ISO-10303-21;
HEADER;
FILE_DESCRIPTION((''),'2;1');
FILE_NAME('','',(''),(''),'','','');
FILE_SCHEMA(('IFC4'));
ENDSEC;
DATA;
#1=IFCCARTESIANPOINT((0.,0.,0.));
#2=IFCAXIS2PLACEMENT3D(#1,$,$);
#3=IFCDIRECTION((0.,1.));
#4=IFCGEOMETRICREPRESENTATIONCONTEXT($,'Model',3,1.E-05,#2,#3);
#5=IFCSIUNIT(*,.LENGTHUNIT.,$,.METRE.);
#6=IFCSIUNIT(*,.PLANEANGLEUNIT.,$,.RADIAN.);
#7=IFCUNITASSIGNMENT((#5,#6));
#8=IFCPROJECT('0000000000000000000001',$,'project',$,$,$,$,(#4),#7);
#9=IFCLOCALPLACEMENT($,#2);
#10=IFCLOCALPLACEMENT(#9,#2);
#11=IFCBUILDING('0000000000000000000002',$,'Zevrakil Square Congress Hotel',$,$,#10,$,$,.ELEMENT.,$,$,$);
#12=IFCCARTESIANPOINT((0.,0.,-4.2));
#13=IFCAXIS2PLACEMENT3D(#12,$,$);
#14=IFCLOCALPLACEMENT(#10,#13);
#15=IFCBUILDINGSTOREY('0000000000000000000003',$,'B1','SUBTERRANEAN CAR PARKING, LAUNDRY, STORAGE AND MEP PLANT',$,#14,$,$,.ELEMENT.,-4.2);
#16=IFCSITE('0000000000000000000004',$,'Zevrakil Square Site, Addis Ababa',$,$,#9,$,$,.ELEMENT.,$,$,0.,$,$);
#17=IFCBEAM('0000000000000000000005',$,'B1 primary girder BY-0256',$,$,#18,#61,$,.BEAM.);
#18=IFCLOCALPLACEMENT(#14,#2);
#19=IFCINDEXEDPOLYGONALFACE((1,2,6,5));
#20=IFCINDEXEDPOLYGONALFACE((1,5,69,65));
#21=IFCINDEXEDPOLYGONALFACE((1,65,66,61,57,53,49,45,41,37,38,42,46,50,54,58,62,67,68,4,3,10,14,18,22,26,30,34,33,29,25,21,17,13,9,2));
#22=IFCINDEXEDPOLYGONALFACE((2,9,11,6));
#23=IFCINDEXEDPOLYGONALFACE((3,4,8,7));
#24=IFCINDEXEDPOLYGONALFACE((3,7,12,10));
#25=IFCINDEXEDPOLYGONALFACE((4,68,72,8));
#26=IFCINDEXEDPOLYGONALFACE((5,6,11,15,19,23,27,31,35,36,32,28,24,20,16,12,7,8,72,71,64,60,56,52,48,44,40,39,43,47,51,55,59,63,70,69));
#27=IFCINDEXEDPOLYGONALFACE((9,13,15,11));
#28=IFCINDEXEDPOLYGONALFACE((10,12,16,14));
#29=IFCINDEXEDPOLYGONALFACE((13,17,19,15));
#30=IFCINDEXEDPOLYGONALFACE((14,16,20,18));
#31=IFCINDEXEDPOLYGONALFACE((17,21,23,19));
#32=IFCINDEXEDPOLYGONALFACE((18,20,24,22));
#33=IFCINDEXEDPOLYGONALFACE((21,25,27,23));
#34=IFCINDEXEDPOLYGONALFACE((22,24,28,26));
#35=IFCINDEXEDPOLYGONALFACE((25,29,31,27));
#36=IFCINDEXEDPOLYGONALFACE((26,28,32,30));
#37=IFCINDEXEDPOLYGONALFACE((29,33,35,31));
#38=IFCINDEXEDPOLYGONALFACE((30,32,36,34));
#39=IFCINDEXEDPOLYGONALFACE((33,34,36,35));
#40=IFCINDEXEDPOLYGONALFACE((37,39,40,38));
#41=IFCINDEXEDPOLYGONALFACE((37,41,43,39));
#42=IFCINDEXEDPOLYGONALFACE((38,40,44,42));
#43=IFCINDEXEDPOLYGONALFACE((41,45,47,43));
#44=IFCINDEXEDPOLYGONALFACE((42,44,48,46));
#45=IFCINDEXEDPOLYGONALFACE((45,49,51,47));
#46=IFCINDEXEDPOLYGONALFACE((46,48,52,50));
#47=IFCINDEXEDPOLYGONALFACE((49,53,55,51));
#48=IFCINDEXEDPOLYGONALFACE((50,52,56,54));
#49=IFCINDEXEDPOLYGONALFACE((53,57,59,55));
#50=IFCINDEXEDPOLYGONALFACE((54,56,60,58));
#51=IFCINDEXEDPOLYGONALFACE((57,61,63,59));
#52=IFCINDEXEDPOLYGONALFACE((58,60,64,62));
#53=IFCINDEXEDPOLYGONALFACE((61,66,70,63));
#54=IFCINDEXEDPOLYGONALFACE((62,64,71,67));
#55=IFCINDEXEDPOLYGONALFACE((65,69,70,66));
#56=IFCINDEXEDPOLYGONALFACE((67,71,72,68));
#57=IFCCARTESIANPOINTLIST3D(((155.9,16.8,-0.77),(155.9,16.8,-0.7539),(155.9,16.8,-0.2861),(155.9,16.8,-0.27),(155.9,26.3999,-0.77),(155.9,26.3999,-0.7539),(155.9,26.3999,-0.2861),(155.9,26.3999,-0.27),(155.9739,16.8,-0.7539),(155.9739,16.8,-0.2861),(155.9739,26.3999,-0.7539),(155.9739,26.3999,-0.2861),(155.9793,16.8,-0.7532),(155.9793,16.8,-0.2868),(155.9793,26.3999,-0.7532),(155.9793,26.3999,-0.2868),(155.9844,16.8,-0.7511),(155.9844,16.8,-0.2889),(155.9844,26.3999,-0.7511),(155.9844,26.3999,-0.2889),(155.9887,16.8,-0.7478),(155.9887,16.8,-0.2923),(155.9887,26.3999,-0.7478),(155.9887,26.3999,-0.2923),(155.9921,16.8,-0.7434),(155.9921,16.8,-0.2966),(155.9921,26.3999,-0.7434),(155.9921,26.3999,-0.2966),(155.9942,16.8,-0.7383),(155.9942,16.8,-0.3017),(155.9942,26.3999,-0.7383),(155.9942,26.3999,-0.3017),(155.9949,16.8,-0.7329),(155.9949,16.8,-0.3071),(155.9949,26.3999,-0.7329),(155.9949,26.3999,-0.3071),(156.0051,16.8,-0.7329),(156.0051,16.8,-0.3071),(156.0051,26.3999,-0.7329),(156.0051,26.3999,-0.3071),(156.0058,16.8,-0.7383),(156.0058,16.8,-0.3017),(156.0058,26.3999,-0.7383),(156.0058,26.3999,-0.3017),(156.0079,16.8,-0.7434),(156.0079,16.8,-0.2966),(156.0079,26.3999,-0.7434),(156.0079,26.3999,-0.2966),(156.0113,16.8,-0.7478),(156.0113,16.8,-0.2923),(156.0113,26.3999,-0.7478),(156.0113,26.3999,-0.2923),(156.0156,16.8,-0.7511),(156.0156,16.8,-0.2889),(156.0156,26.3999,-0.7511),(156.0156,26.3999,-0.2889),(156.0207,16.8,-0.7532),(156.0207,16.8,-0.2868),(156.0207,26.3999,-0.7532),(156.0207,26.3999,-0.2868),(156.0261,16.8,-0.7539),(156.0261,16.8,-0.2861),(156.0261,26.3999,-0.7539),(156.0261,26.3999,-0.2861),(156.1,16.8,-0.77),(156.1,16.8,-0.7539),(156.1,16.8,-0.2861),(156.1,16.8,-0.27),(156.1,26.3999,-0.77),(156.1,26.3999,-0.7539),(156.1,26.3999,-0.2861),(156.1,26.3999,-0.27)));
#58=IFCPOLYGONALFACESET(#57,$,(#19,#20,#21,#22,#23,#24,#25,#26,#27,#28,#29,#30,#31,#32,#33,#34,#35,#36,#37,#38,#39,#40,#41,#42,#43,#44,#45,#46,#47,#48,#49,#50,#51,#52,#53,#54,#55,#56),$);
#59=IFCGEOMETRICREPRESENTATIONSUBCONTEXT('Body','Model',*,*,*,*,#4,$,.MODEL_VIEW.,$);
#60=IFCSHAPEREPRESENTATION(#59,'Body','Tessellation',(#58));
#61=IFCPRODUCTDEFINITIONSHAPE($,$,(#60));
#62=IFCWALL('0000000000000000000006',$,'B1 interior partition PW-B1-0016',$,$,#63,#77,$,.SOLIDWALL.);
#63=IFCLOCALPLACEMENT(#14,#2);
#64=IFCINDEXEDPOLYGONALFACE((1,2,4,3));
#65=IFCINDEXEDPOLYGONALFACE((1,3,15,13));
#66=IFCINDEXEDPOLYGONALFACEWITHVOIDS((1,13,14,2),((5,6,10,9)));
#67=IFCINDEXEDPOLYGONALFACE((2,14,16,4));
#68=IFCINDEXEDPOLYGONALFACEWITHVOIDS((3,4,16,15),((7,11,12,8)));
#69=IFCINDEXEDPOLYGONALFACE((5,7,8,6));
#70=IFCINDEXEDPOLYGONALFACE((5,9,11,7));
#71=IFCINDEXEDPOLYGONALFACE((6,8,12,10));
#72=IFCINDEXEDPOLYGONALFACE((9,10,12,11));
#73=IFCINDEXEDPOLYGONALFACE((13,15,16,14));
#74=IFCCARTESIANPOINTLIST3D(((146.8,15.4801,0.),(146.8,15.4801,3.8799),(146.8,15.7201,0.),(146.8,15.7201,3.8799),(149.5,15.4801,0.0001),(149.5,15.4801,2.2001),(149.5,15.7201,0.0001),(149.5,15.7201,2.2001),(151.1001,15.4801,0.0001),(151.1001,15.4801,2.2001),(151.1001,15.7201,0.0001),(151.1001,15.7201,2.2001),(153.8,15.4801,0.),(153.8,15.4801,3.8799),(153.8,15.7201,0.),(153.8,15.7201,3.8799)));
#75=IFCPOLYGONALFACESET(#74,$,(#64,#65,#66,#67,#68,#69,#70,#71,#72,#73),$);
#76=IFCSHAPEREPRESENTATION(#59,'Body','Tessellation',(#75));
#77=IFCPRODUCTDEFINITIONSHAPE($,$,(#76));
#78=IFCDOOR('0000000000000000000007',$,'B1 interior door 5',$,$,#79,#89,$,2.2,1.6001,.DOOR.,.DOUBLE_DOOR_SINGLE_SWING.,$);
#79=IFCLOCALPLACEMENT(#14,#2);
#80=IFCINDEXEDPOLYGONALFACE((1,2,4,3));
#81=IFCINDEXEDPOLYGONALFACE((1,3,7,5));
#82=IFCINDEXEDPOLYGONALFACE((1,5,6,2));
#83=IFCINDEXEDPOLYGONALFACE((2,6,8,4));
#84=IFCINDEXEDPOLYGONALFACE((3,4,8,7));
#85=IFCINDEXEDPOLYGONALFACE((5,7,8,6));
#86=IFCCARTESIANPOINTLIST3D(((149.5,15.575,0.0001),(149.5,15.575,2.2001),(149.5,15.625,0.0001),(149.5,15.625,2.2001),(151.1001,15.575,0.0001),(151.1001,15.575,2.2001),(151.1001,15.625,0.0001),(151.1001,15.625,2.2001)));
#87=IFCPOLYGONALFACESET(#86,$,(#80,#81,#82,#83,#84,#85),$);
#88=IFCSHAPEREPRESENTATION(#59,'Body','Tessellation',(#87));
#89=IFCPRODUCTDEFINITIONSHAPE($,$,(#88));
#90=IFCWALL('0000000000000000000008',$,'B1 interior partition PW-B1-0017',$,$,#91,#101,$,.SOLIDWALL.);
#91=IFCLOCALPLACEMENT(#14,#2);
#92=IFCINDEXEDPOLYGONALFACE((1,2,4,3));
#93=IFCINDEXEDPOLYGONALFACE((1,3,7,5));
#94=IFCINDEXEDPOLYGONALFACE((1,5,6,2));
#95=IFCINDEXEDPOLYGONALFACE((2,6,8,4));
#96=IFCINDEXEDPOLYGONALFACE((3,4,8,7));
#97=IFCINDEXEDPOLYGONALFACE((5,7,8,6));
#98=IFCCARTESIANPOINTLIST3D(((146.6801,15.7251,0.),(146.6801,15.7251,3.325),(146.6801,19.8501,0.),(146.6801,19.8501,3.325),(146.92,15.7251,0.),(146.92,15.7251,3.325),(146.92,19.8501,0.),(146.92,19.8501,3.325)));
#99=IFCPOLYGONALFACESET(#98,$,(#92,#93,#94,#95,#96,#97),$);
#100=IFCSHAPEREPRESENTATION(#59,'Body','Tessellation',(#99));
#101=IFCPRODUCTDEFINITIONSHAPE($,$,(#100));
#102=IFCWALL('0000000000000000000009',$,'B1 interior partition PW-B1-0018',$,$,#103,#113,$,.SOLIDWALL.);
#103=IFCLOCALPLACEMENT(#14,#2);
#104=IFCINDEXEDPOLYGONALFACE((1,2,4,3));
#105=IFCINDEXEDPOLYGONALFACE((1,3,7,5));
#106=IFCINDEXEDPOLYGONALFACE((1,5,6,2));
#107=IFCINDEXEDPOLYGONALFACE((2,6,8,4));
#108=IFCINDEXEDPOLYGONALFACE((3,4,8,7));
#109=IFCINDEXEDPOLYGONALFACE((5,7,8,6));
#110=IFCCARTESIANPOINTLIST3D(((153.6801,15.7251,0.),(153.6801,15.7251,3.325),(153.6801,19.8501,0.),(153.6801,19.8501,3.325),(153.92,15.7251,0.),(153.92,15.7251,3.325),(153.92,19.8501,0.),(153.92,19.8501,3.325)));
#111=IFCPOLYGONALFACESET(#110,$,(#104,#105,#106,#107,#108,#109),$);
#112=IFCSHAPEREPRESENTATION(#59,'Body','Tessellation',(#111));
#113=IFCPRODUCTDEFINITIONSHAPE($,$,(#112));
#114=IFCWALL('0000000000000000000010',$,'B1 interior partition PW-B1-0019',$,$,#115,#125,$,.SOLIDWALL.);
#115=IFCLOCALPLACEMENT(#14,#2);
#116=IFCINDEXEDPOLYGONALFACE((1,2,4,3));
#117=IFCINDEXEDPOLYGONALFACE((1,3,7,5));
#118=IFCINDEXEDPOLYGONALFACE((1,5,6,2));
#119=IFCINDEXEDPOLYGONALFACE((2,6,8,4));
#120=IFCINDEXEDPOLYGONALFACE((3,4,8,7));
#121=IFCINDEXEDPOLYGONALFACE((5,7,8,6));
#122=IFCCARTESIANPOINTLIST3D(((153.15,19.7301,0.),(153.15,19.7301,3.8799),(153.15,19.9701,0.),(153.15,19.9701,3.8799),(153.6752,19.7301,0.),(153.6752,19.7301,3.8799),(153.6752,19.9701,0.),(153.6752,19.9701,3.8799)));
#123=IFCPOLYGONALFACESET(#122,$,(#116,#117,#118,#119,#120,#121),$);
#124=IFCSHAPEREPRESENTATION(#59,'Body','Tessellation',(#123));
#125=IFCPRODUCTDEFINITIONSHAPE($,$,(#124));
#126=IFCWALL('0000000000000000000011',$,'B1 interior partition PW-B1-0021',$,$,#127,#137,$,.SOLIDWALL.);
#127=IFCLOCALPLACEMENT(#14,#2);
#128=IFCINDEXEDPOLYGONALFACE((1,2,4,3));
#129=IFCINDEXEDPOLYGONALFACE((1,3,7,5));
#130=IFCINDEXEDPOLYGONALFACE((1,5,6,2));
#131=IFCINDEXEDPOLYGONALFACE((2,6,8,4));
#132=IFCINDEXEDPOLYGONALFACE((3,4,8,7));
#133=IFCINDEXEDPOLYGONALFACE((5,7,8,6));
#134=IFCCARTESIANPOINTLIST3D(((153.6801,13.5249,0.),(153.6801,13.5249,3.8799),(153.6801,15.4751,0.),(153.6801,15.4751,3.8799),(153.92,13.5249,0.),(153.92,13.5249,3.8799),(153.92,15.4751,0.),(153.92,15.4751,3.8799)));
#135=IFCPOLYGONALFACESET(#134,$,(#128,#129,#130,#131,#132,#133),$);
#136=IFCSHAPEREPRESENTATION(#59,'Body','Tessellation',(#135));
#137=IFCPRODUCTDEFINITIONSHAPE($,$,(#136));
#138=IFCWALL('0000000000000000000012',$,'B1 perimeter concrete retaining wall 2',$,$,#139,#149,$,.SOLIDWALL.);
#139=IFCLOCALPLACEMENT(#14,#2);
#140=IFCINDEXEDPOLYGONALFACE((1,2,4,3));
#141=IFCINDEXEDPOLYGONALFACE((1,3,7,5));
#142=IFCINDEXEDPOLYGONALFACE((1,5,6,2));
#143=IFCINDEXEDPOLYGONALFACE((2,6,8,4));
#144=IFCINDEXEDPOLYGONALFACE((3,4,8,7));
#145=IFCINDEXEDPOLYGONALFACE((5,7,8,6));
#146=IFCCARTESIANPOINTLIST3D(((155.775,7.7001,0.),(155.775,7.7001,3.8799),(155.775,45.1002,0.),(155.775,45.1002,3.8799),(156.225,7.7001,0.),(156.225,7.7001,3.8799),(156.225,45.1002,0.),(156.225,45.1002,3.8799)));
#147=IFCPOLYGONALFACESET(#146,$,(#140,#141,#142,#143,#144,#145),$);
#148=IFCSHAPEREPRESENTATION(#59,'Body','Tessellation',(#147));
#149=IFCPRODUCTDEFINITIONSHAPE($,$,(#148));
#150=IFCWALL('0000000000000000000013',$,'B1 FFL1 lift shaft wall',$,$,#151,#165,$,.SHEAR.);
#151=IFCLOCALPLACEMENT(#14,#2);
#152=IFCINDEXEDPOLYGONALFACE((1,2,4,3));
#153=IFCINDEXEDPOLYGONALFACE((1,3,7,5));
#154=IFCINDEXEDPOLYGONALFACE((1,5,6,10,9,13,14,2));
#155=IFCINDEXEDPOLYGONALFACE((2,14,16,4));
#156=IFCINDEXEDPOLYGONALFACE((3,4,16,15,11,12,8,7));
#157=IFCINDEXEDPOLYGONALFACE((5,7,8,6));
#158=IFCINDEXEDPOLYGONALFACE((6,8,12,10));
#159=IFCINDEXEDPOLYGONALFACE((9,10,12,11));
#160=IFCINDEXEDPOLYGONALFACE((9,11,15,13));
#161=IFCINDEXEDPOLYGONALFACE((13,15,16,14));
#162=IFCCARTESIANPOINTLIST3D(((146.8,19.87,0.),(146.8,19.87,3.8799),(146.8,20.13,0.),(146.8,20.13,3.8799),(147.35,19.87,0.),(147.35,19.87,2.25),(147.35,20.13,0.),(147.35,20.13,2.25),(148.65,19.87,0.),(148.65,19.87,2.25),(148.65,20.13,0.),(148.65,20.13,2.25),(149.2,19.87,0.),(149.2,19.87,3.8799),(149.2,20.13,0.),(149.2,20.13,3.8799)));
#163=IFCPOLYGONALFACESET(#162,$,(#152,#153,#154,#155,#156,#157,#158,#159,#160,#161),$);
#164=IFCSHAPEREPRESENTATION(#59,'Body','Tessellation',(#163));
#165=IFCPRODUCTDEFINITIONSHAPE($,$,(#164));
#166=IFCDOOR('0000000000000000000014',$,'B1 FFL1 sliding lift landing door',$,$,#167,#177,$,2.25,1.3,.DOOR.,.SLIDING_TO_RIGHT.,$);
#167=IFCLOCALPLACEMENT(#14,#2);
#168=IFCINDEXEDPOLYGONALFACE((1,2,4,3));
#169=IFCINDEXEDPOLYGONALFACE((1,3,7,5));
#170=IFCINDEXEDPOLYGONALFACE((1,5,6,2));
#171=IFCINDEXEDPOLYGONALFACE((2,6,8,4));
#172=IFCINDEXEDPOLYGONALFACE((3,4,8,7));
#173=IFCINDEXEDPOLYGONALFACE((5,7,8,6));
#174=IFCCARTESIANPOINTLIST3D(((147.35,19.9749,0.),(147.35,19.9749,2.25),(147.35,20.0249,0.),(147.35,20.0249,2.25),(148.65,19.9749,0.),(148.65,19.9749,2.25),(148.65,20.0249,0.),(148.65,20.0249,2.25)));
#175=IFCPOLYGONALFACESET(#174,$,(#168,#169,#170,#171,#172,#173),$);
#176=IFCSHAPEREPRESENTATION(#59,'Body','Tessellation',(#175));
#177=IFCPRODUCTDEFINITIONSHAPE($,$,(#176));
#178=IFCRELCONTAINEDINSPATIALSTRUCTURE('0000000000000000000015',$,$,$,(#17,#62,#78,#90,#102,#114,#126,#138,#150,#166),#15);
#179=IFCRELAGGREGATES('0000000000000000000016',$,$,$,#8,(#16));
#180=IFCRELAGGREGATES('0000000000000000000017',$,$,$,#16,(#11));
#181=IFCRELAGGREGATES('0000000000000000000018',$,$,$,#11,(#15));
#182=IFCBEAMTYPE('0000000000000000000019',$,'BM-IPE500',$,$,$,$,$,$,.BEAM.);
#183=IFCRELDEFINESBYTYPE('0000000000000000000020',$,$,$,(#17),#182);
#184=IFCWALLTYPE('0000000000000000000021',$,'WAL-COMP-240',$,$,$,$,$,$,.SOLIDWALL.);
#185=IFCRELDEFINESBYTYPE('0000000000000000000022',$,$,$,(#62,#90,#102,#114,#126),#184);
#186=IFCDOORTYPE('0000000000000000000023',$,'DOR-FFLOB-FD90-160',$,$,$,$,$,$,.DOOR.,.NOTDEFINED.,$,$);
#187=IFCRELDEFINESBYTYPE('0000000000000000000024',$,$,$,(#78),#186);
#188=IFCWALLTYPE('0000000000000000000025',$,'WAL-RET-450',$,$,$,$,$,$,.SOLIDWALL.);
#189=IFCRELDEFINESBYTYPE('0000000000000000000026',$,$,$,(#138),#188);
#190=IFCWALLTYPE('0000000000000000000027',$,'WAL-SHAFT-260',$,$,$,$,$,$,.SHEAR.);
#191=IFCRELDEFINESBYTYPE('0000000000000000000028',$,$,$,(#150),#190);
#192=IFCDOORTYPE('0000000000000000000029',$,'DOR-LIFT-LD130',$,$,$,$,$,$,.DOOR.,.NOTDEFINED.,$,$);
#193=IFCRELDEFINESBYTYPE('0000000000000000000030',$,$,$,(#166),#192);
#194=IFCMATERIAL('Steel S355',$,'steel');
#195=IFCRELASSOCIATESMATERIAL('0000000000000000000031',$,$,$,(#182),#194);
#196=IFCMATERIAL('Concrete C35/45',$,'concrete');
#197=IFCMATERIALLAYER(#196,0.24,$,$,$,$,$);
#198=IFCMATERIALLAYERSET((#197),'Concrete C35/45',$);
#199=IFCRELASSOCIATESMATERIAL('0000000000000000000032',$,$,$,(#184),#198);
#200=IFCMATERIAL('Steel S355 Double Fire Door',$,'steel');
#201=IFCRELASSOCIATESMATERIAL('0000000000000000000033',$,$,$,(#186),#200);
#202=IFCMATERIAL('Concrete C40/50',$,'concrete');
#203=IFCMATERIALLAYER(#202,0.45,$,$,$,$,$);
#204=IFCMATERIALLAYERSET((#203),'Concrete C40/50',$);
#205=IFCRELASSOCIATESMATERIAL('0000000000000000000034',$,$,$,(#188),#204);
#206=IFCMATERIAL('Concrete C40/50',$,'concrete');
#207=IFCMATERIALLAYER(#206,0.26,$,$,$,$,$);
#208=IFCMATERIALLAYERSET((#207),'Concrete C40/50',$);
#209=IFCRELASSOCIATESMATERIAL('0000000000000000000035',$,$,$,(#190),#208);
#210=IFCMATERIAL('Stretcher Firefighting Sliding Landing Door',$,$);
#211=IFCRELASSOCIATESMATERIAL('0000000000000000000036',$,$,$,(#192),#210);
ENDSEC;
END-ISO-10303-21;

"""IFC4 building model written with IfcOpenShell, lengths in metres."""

from ifc_helpers import new_model, si_unit, direction, frame, frame_2d, origin, origin_2d, place, context, subcontext, project, spatial, rectangle, i_section, extrude, material, layer, layer_set, material_profile, profile_set, type_object, element, fill, save


model = new_model("IFC4")

# Units and contexts
model_context = context("Model", 3, precision=1e-05, world=origin(), true_north=direction((0.0, 1.0)))
body_context = subcontext(model_context, "Body", "Model", "MODEL_VIEW")
ifc_project = project(units=[si_unit("LENGTHUNIT", "METRE"), si_unit("PLANEANGLEUNIT", "RADIAN")], contexts=[model_context])

# Site, building, storey
site_placement = place(None, origin())
site = spatial("IfcSite", under=ifc_project, at=site_placement, Name="Zevrakil Square Site, Addis Ababa", CompositionType="ELEMENT", RefElevation=0.0)
building_placement = place(site_placement, origin())
building = spatial("IfcBuilding", under=site, at=building_placement, Name="Zevrakil Square Congress Hotel", CompositionType="ELEMENT")
storey_placement = place(building_placement, frame((0.0, 0.0, -4.2)))
storey = spatial("IfcBuildingStorey", under=building, at=storey_placement, Name="B1", Description="SUBTERRANEAN CAR PARKING, LAUNDRY, STORAGE AND MEP PLANT", CompositionType="ELEMENT", Elevation=-4.2)

# Beam
ifc_material_1 = material(Name="Steel S355", Category="steel")
ifc_material_profile_1 = material_profile(ifc_material_1, i_section(OverallWidth=0.2, OverallDepth=0.5, WebThickness=0.0103, FlangeThickness=0.0161, FilletRadius=0.021, at=origin_2d()), Name="IPE 500")
ifc_profile_set_1 = profile_set([ifc_material_profile_1], Name="Steel S355")
beam_type_1 = type_object("IfcBeamType", Name="BM-IPE500", PredefinedType="BEAM", material=ifc_profile_set_1)
beam_1_placement = place(storey_placement, frame((156.0, 16.8, -0.52), z_axis=(0.0, 1.0, 0.0), x_axis=(-1.0, 0.0, 0.0)))
element("IfcBeam", 1, at=beam_1_placement, inside=storey, type_object=beam_type_1, Name="B1 primary girder BY-0256", PredefinedType="BEAM", context=body_context, shape_type="SweptSolid", body=[
    extrude(i_section(OverallWidth=0.2, OverallDepth=0.5, WebThickness=0.0103, FlangeThickness=0.0161, FilletRadius=0.021, at=origin_2d()), origin(), (0.0, 0.0, 1.0), 9.5999),
])

# Wall, opening, door
ifc_material_2 = material(Name="Concrete C35/45", Category="concrete")
ifc_layer_1 = layer(ifc_material_2, 0.24)
ifc_layer_set_1 = layer_set([ifc_layer_1], Name="Concrete C35/45")
wall_type_1 = type_object("IfcWallType", Name="WAL-COMP-240", PredefinedType="SOLIDWALL", material=ifc_layer_set_1)
wall_1_placement = place(storey_placement, frame((146.8, 15.6001, 0.0), z_axis=(0.0, 0.0, 1.0), x_axis=(1.0, 0.0, 0.0)))
wall_1 = element("IfcWall", 2, at=wall_1_placement, inside=storey, type_object=wall_type_1, Name="B1 interior partition PW-B1-0016", PredefinedType="SOLIDWALL", context=body_context, shape_type="SweptSolid", body=[
    extrude(rectangle(XDim=7.0, YDim=0.24, at=frame_2d((3.5, 0.0))), origin(), (0.0, 0.0, 1.0), 3.8799),
])
opening_1_placement = place(wall_1_placement, frame((2.7, 0.0, 0.0)))
opening_1 = element("IfcOpeningElement", 3, at=opening_1_placement, cuts=wall_1, PredefinedType="OPENING", context=body_context, shape_type="SweptSolid", body=[
    extrude(rectangle(XDim=1.6001, YDim=2.2, at=frame_2d((0.8, 1.1001))), frame((0.0, 0.1299, 0.0), z_axis=(0.0, -1.0, 0.0), x_axis=(1.0, 0.0, 0.0)), (0.0, 0.0, 1.0), 0.26),
])
ifc_material_3 = material(Name="Steel S355 Double Fire Door", Category="steel")
door_type_1 = type_object("IfcDoorType", Name="DOR-FFLOB-FD90-160", OperationType="NOTDEFINED", PredefinedType="DOOR", material=ifc_material_3)
door_1_placement = place(opening_1_placement, origin())
door_1 = element("IfcDoor", 4, at=door_1_placement, inside=storey, type_object=door_type_1, Name="B1 interior door 5", OperationType="DOUBLE_DOOR_SINGLE_SWING", OverallHeight=2.2, OverallWidth=1.6001, PredefinedType="DOOR", context=body_context, shape_type="SweptSolid", body=[
    extrude(rectangle(XDim=1.6001, YDim=2.2, at=frame_2d((0.8, 1.1001))), frame((0.0, 0.0249, 0.0), z_axis=(0.0, -1.0, 0.0), x_axis=(1.0, 0.0, 0.0)), (0.0, 0.0, 1.0), 0.05),
])
fill(opening_1, door_1)

# Walls
for number, where, z_axis, x_axis, name in (
    (5, (146.8, 15.7251, 0.0), (0.0, 0.0, 1.0), (0.0, 1.0, 0.0), "B1 interior partition PW-B1-0017"),
    (6, (153.8, 15.7251, 0.0), (0.0, 0.0, 1.0), (0.0, 1.0, 0.0), "B1 interior partition PW-B1-0018"),
):
    element("IfcWall", number, at=place(storey_placement, frame(where, z_axis=z_axis, x_axis=x_axis)), inside=storey, type_object=wall_type_1, Name=name, PredefinedType="SOLIDWALL", context=body_context, shape_type="SweptSolid", body=[
        extrude(rectangle(XDim=4.125, YDim=0.24, at=frame_2d((2.0625, 0.0))), origin(), (0.0, 0.0, 1.0), 3.325),
    ])
wall_2_placement = place(storey_placement, frame((153.1499, 19.8501, 0.0), z_axis=(0.0, 0.0, 1.0), x_axis=(1.0, 0.0, 0.0)))
element("IfcWall", 7, at=wall_2_placement, inside=storey, type_object=wall_type_1, Name="B1 interior partition PW-B1-0019", PredefinedType="SOLIDWALL", context=body_context, shape_type="SweptSolid", body=[
    extrude(rectangle(XDim=0.5251, YDim=0.24, at=frame_2d((0.2627, 0.0))), origin(), (0.0, 0.0, 1.0), 3.8799),
])
wall_3_placement = place(storey_placement, frame((153.8, 13.5249, 0.0), z_axis=(0.0, 0.0, 1.0), x_axis=(0.0, 1.0, 0.0)))
element("IfcWall", 8, at=wall_3_placement, inside=storey, type_object=wall_type_1, Name="B1 interior partition PW-B1-0021", PredefinedType="SOLIDWALL", context=body_context, shape_type="SweptSolid", body=[
    extrude(rectangle(XDim=1.9502, YDim=0.24, at=frame_2d((0.9751, 0.0))), origin(), (0.0, 0.0, 1.0), 3.8799),
])
ifc_material_4 = material(Name="Concrete C40/50", Category="concrete")
ifc_layer_2 = layer(ifc_material_4, 0.45)
ifc_layer_set_2 = layer_set([ifc_layer_2], Name="Concrete C40/50")
wall_type_2 = type_object("IfcWallType", Name="WAL-RET-450", PredefinedType="SOLIDWALL", material=ifc_layer_set_2)
wall_4_placement = place(storey_placement, frame((156.0, 7.7, 0.0), z_axis=(0.0, 0.0, 1.0), x_axis=(0.0, 1.0, 0.0)))
element("IfcWall", 9, at=wall_4_placement, inside=storey, type_object=wall_type_2, Name="B1 perimeter concrete retaining wall 2", PredefinedType="SOLIDWALL", context=body_context, shape_type="SweptSolid", body=[
    extrude(rectangle(XDim=37.4001, YDim=0.45, at=frame_2d((18.7002, 0.0))), origin(), (0.0, 0.0, 1.0), 3.8799),
])

# Wall, opening, door
ifc_material_5 = material(Name="Concrete C40/50", Category="concrete")
ifc_layer_3 = layer(ifc_material_5, 0.26)
ifc_layer_set_3 = layer_set([ifc_layer_3], Name="Concrete C40/50")
wall_type_3 = type_object("IfcWallType", Name="WAL-SHAFT-260", PredefinedType="SHEAR", material=ifc_layer_set_3)
wall_5_placement = place(storey_placement, frame((146.8, 20.0, 0.0), z_axis=(0.0, 0.0, 1.0), x_axis=(1.0, 0.0, 0.0)))
wall_5 = element("IfcWall", 10, at=wall_5_placement, inside=storey, type_object=wall_type_3, Name="B1 FFL1 lift shaft wall", PredefinedType="SHEAR", context=body_context, shape_type="SweptSolid", body=[
    extrude(rectangle(XDim=2.3999, YDim=0.26, at=frame_2d((1.2, 0.0))), origin(), (0.0, 0.0, 1.0), 3.8799),
])
opening_2_placement = place(wall_5_placement, frame((0.55, 0.0, 0.0)))
opening_2 = element("IfcOpeningElement", 11, at=opening_2_placement, cuts=wall_5, PredefinedType="OPENING", context=body_context, shape_type="SweptSolid", body=[
    extrude(rectangle(XDim=1.3, YDim=2.25, at=frame_2d((0.6499, 1.125))), frame((0.0, 0.1401, 0.0), z_axis=(0.0, -1.0, 0.0), x_axis=(1.0, 0.0, 0.0)), (0.0, 0.0, 1.0), 0.28),
])
ifc_material_6 = material(Name="Stretcher Firefighting Sliding Landing Door")
door_type_2 = type_object("IfcDoorType", Name="DOR-LIFT-LD130", OperationType="NOTDEFINED", PredefinedType="DOOR", material=ifc_material_6)
door_2_placement = place(opening_2_placement, origin())
door_2 = element("IfcDoor", 12, at=door_2_placement, inside=storey, type_object=door_type_2, Name="B1 FFL1 sliding lift landing door", OperationType="SLIDING_TO_RIGHT", OverallHeight=2.25, OverallWidth=1.3, PredefinedType="DOOR", context=body_context, shape_type="SweptSolid", body=[
    extrude(rectangle(XDim=1.3, YDim=2.25, at=frame_2d((0.6499, 1.125))), frame((0.0, 0.0249, 0.0), z_axis=(0.0, -1.0, 0.0), x_axis=(1.0, 0.0, 0.0)), (0.0, 0.0, 1.0), 0.05),
])
fill(opening_2, door_2)

save(model, "model.ifc")
